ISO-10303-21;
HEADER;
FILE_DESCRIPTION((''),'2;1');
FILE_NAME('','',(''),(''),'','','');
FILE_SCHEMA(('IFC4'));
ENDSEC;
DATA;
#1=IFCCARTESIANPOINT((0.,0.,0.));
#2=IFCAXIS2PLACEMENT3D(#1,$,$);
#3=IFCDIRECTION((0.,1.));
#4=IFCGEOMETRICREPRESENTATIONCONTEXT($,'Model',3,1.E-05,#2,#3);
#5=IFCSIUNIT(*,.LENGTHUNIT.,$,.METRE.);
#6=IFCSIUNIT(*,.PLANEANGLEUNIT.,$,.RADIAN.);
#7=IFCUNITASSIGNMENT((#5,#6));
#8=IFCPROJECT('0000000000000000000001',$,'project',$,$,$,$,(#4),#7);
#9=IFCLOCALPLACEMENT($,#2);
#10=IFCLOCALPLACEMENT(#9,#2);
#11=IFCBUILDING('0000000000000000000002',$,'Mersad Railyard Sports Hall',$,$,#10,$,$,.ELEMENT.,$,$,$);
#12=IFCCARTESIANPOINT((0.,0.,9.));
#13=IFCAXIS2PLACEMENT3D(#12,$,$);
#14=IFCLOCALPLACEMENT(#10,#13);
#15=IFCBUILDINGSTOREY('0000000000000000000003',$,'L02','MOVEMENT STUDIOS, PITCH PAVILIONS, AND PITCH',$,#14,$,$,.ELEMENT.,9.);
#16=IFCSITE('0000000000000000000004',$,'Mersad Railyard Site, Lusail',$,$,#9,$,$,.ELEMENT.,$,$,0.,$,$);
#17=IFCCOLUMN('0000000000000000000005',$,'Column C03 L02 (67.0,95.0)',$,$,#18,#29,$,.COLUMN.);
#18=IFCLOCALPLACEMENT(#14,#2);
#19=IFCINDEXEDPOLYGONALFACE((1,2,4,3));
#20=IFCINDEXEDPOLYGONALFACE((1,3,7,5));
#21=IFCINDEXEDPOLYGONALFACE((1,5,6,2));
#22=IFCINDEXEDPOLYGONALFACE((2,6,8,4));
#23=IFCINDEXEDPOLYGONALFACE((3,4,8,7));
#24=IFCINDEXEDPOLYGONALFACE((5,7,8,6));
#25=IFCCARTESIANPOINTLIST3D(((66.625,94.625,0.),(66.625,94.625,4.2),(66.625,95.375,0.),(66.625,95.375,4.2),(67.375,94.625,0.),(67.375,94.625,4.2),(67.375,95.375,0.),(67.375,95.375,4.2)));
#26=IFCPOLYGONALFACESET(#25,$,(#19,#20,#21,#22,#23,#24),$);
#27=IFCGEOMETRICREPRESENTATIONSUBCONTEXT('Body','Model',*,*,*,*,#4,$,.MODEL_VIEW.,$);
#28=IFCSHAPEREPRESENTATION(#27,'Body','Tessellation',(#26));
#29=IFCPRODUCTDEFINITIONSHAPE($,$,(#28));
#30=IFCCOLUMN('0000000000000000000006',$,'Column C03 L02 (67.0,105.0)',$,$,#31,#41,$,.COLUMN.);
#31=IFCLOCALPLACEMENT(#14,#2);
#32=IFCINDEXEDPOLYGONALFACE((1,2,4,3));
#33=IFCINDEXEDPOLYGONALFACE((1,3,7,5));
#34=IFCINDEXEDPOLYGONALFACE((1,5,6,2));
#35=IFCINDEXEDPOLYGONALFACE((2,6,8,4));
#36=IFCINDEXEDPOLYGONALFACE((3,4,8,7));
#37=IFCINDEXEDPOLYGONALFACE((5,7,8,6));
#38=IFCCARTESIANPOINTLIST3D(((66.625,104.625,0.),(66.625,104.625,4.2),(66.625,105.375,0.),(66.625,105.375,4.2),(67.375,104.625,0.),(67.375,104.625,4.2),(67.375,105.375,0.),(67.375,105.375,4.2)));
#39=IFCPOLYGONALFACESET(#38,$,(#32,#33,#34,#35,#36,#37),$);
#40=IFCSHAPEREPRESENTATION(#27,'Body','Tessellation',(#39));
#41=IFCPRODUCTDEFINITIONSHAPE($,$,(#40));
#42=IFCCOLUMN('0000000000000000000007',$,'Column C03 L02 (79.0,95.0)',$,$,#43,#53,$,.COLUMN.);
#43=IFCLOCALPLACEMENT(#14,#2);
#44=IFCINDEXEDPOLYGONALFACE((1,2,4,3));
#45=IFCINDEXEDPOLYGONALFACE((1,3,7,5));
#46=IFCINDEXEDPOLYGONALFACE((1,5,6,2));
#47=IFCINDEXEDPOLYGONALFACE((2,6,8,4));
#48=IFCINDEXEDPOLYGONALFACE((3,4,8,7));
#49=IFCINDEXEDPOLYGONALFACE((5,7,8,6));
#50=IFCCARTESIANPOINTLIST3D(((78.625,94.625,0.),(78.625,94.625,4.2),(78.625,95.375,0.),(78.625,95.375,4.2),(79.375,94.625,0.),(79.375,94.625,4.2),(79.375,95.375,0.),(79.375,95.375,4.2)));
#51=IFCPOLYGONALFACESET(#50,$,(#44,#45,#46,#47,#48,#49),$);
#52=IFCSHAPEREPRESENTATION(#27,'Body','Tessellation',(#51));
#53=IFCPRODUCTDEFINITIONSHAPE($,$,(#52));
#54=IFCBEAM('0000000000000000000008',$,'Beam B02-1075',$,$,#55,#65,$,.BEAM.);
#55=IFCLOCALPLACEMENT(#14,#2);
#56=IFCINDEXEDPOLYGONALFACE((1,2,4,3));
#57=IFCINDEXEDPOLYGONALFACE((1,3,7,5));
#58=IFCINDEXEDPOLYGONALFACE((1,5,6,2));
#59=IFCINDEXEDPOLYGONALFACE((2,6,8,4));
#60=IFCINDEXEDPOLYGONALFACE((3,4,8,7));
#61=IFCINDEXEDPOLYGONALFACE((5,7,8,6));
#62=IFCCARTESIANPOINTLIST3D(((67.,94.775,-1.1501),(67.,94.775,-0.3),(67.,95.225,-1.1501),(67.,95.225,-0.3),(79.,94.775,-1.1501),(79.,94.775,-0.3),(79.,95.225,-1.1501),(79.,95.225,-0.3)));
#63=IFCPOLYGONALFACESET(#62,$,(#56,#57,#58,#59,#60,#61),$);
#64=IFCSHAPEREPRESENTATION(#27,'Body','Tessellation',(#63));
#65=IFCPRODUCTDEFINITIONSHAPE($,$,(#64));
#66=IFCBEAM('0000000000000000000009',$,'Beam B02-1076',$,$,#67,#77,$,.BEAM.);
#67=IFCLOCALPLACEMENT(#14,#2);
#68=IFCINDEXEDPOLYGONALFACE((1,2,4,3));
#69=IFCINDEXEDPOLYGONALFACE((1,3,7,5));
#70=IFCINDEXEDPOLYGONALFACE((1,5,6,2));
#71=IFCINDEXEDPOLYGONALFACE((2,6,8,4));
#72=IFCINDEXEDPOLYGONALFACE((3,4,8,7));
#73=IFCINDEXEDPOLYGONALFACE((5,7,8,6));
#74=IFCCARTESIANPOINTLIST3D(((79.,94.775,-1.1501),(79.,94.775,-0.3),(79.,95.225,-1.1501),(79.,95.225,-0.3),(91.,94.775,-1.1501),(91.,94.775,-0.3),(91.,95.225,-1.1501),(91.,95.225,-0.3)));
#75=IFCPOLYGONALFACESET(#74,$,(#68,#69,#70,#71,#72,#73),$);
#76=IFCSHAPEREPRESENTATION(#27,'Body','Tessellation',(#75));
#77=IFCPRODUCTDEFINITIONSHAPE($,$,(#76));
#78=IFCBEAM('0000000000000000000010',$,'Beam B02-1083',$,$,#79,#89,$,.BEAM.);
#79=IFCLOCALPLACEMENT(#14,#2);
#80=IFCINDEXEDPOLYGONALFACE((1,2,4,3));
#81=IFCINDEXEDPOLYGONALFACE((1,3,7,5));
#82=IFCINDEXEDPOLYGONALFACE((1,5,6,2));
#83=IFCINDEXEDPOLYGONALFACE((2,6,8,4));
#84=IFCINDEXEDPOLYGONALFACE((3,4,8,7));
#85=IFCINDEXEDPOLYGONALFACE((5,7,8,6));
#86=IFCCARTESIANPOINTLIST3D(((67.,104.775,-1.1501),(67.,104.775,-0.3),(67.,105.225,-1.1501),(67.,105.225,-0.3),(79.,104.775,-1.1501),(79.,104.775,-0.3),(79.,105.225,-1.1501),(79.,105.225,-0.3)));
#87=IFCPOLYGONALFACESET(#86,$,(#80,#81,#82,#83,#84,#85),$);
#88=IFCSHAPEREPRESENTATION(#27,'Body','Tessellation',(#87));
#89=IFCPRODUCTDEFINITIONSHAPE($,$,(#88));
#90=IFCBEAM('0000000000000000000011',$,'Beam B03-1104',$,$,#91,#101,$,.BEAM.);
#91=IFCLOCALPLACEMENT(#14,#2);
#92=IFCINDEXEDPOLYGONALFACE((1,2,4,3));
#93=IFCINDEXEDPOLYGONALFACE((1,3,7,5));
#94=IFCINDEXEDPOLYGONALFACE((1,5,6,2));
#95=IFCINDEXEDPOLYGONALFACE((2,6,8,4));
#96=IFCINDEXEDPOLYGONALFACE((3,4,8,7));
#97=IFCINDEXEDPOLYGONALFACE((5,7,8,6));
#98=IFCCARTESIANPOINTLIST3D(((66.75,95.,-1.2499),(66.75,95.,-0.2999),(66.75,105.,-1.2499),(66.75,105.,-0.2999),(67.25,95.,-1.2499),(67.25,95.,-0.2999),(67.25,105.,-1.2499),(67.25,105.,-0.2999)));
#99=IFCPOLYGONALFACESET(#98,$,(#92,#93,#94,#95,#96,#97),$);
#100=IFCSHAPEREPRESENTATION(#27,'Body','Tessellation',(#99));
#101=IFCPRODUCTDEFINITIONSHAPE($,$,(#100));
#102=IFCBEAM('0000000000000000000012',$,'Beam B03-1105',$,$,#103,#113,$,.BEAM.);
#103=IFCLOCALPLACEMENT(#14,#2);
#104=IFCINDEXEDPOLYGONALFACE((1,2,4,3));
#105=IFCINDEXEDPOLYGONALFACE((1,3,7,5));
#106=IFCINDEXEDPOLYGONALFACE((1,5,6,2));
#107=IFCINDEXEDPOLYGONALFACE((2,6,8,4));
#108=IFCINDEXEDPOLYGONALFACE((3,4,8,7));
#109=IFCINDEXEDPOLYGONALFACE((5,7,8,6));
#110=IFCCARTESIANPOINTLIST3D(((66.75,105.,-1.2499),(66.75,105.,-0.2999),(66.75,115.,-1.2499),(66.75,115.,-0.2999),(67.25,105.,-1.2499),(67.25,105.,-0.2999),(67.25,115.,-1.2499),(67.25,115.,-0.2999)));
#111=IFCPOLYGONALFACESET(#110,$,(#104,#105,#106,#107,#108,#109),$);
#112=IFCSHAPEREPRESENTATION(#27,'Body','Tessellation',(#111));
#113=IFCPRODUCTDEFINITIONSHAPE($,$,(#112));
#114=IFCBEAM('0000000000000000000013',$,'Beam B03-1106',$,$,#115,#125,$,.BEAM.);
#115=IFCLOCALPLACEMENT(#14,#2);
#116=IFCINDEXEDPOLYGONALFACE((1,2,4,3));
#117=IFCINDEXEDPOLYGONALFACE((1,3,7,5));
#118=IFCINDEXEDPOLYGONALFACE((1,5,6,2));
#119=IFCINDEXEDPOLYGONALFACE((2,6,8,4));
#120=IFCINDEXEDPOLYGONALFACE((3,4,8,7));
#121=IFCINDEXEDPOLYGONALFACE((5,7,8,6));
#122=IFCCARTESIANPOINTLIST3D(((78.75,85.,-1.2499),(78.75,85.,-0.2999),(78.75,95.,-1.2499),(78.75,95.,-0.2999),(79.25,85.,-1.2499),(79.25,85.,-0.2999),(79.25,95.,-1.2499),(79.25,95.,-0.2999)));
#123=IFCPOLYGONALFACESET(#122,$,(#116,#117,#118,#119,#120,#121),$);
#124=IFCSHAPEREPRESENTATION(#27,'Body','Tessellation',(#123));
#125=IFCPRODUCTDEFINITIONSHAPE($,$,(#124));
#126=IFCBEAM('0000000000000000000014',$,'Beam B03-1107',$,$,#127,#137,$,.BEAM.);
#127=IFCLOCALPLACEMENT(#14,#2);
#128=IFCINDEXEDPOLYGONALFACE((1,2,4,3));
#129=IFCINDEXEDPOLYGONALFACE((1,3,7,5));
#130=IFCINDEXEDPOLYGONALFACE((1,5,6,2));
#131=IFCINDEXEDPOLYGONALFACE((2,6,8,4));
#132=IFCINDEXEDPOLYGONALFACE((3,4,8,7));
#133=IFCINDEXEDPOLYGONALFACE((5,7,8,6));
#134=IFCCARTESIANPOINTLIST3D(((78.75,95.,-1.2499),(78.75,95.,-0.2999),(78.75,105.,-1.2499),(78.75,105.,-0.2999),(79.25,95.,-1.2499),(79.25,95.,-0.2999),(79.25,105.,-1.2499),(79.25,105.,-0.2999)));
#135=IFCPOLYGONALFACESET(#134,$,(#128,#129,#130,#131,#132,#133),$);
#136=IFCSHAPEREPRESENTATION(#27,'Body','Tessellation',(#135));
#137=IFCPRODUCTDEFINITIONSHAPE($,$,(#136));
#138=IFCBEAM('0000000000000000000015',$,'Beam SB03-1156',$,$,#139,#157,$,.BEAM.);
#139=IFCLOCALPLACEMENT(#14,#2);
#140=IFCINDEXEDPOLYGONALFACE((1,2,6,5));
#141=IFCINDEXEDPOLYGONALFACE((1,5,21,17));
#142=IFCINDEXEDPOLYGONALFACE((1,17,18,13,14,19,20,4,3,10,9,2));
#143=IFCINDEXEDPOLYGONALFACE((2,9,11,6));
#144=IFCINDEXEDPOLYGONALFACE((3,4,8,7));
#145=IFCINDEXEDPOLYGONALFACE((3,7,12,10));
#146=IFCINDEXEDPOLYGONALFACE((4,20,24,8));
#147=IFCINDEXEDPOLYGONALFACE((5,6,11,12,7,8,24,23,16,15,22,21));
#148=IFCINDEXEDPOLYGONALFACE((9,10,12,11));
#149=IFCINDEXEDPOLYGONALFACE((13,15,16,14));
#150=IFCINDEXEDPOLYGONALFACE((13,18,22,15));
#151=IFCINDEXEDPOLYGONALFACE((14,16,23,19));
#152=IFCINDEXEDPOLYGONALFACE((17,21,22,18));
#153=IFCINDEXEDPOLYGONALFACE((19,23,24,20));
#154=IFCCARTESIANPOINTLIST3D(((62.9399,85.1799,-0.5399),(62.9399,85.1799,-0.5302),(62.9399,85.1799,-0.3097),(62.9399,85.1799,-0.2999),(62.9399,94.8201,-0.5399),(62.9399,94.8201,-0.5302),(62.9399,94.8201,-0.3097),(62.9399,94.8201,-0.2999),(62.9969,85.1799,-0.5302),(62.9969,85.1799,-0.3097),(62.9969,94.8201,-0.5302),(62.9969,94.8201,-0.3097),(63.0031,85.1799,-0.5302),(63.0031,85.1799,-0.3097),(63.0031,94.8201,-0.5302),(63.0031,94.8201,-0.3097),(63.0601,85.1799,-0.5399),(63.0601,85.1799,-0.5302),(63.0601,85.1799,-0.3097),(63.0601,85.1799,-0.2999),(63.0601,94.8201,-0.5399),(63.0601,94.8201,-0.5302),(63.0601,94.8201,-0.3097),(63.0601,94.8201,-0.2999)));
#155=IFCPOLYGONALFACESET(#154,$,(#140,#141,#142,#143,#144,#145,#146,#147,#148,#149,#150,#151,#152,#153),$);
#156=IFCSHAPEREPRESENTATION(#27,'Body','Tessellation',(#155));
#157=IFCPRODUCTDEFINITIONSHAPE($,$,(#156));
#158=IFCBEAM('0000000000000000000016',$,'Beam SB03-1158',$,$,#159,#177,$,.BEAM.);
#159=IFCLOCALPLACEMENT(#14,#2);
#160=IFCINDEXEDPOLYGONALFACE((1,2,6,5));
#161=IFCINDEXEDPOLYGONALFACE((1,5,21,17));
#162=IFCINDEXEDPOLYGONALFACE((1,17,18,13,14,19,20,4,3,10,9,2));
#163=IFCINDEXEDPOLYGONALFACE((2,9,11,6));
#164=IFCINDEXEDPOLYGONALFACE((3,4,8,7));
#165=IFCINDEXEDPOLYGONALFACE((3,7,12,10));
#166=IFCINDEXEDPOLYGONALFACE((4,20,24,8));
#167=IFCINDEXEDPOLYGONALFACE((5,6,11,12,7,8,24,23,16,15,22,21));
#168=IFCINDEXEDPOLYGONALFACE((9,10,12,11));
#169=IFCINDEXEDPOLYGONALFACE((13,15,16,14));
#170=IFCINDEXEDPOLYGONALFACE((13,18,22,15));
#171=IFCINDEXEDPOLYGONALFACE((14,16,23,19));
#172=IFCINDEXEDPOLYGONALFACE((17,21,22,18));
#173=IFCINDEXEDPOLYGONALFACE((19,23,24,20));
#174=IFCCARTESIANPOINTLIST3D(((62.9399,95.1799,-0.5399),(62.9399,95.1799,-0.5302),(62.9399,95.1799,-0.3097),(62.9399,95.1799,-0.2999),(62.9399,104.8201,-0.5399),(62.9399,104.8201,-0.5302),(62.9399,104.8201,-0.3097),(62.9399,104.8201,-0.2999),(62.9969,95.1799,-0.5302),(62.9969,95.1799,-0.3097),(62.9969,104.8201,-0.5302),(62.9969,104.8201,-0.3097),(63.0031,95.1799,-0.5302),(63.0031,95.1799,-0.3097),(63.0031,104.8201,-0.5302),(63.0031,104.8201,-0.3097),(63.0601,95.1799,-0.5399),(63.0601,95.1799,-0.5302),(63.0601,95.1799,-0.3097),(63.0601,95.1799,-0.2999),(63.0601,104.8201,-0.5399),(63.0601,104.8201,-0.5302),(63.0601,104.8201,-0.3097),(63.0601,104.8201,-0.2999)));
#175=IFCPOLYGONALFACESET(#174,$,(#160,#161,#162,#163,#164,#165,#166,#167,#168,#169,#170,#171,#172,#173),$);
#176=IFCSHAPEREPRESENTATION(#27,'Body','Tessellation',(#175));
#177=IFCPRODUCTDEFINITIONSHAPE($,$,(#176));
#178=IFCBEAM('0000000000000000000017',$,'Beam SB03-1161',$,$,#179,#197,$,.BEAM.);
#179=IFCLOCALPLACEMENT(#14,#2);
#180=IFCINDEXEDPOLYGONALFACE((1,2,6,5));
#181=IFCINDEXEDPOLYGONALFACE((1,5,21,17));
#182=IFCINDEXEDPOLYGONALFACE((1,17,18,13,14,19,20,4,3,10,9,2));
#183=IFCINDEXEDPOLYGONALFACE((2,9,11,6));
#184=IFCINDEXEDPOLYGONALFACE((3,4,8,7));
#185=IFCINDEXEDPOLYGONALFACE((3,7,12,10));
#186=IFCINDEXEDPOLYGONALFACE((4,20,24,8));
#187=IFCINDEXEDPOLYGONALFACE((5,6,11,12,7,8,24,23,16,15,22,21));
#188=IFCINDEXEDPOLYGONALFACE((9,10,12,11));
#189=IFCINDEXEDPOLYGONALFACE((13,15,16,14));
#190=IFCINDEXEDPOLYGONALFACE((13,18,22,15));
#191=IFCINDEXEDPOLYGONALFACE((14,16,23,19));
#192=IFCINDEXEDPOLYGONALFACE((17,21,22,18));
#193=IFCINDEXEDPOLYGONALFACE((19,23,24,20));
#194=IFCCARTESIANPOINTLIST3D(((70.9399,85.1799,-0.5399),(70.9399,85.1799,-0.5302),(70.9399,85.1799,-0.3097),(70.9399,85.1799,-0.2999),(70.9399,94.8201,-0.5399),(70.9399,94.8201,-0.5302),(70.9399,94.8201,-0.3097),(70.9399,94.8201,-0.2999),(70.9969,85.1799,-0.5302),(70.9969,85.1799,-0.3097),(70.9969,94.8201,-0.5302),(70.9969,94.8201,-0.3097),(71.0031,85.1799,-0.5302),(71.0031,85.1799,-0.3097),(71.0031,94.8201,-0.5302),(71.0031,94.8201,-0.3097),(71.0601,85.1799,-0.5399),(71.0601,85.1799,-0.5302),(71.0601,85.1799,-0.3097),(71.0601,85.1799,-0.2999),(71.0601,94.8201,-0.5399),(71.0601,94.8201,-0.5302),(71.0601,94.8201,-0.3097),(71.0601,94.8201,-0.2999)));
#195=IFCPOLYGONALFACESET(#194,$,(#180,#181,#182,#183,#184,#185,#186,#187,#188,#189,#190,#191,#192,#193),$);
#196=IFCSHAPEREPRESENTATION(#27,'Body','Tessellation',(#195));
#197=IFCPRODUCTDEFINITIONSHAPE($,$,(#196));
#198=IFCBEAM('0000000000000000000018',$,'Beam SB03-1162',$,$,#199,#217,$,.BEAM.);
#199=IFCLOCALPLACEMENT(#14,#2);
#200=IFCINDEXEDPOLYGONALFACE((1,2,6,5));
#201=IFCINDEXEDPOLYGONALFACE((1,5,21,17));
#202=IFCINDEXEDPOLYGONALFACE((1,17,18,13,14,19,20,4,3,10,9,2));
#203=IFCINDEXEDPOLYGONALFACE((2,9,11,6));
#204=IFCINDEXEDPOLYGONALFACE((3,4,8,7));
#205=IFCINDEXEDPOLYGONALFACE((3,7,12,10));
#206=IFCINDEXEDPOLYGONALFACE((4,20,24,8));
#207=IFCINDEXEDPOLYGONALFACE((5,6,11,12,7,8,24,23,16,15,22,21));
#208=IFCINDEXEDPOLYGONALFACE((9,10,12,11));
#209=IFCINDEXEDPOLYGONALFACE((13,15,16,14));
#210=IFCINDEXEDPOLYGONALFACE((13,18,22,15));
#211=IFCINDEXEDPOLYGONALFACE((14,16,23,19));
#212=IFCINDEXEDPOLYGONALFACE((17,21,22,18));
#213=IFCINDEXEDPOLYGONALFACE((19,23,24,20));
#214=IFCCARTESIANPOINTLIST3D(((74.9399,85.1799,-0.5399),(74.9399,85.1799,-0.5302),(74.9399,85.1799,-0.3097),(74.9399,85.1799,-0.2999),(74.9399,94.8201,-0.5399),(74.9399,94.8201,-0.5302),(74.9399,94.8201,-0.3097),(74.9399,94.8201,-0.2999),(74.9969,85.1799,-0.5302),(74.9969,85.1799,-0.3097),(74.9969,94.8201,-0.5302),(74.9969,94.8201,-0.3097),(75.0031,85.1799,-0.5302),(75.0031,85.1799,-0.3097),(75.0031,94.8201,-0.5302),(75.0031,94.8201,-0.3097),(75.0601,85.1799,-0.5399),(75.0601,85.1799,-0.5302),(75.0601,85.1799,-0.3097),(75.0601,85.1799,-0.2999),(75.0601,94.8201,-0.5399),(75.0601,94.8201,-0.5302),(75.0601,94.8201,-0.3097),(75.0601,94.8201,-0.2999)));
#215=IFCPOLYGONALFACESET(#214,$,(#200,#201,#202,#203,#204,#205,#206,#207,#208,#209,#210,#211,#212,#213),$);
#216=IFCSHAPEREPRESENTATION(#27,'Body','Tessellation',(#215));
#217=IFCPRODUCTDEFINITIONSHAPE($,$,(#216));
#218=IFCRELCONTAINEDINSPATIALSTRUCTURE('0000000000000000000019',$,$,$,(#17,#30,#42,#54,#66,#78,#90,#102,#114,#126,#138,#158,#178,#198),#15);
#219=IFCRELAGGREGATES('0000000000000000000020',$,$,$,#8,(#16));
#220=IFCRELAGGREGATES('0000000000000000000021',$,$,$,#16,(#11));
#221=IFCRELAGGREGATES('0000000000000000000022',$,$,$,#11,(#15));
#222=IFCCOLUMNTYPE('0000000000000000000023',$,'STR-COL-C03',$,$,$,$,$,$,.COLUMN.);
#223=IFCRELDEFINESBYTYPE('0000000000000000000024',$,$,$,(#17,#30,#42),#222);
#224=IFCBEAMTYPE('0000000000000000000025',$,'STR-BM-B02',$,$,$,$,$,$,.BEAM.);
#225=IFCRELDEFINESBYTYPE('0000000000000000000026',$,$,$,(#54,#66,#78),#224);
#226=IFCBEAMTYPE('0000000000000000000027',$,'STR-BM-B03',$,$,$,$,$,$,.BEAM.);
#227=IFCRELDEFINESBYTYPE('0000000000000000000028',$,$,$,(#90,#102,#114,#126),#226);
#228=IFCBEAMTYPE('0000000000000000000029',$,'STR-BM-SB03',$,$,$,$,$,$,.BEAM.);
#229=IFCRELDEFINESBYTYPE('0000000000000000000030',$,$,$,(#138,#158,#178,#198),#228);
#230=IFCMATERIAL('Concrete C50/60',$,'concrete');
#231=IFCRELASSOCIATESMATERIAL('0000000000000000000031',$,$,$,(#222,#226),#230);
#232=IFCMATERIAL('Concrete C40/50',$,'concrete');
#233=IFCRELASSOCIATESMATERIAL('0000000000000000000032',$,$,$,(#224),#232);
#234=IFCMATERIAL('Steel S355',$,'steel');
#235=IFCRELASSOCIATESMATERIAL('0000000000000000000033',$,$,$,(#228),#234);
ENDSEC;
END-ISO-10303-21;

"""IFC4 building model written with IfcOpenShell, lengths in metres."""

from ifc_helpers import new_model, si_unit, direction, frame, origin, origin_2d, place, context, subcontext, project, spatial, rectangle, i_section, extrude, material, material_profile, profile_set, type_object, element, save


model = new_model("IFC4")

# Units and contexts
model_context = context("Model", 3, precision=1e-05, world=origin(), true_north=direction((0.0, 1.0)))
body_context = subcontext(model_context, "Body", "Model", "MODEL_VIEW")
ifc_project = project(units=[si_unit("LENGTHUNIT", "METRE"), si_unit("PLANEANGLEUNIT", "RADIAN")], contexts=[model_context])

# Site, building, storey
site_placement = place(None, origin())
site = spatial("IfcSite", under=ifc_project, at=site_placement, Name="Mersad Railyard Site, Lusail", CompositionType="ELEMENT", RefElevation=0.0)
building_placement = place(site_placement, origin())
building = spatial("IfcBuilding", under=site, at=building_placement, Name="Mersad Railyard Sports Hall", CompositionType="ELEMENT")
storey_placement = place(building_placement, frame((0.0, 0.0, 9.0)))
storey = spatial("IfcBuildingStorey", under=building, at=storey_placement, Name="L02", Description="MOVEMENT STUDIOS, PITCH PAVILIONS, AND PITCH", CompositionType="ELEMENT", Elevation=9.0)

# Columns
ifc_material_1 = material(Name="Concrete C50/60", Category="concrete")
ifc_material_profile_1 = material_profile(ifc_material_1, rectangle(XDim=0.75, YDim=0.75, at=origin_2d()), Name="RC 750x750")
ifc_profile_set_1 = profile_set([ifc_material_profile_1], Name="Concrete C50/60")
column_type = type_object("IfcColumnType", Name="STR-COL-C03", PredefinedType="COLUMN", material=ifc_profile_set_1)
for number, where, z_axis, x_axis, name in (
    (1, (67.0, 95.0, 0.0), (0.0, 0.0, 1.0), (1.0, 0.0, 0.0), "Column C03 L02 (67.0,95.0)"),
    (2, (67.0, 105.0, 0.0), (0.0, 0.0, 1.0), (1.0, 0.0, 0.0), "Column C03 L02 (67.0,105.0)"),
    (3, (79.0, 95.0, 0.0), (0.0, 0.0, 1.0), (1.0, 0.0, 0.0), "Column C03 L02 (79.0,95.0)"),
):
    element("IfcColumn", number, at=place(storey_placement, frame(where, z_axis=z_axis, x_axis=x_axis)), inside=storey, type_object=column_type, Name=name, PredefinedType="COLUMN", context=body_context, shape_type="SweptSolid", body=[
        extrude(rectangle(XDim=0.75, YDim=0.75, at=origin_2d()), origin(), (0.0, 0.0, 1.0), 4.2),
    ])

# Beams
ifc_material_2 = material(Name="Concrete C40/50", Category="concrete")
ifc_material_profile_2 = material_profile(ifc_material_2, rectangle(XDim=0.45, YDim=0.8501, at=origin_2d()), Name="RC 450x850")
ifc_profile_set_2 = profile_set([ifc_material_profile_2], Name="Concrete C40/50")
beam_type_1 = type_object("IfcBeamType", Name="STR-BM-B02", PredefinedType="BEAM", material=ifc_profile_set_2)
for number, where, z_axis, x_axis, name in (
    (4, (67.0, 95.0, -0.7251), (1.0, 0.0, 0.0), (0.0, 1.0, 0.0), "Beam B02-1075"),
    (5, (79.0, 95.0, -0.7251), (1.0, 0.0, 0.0), (0.0, 1.0, 0.0), "Beam B02-1076"),
    (6, (67.0, 105.0, -0.7251), (1.0, 0.0, 0.0), (0.0, 1.0, 0.0), "Beam B02-1083"),
):
    element("IfcBeam", number, at=place(storey_placement, frame(where, z_axis=z_axis, x_axis=x_axis)), inside=storey, type_object=beam_type_1, Name=name, PredefinedType="BEAM", context=body_context, shape_type="SweptSolid", body=[
        extrude(rectangle(XDim=0.45, YDim=0.8501, at=origin_2d()), origin(), (0.0, 0.0, 1.0), 12.0),
    ])
ifc_material_profile_3 = material_profile(ifc_material_1, rectangle(XDim=0.5, YDim=0.95, at=origin_2d()), Name="RC 500x950")
ifc_profile_set_3 = profile_set([ifc_material_profile_3], Name="Concrete C50/60")
beam_type_2 = type_object("IfcBeamType", Name="STR-BM-B03", PredefinedType="BEAM", material=ifc_profile_set_3)
for number, where, z_axis, x_axis, name in (
    (7, (67.0, 95.0, -0.7749), (0.0, 1.0, 0.0), (-1.0, 0.0, 0.0), "Beam B03-1104"),
    (8, (67.0, 105.0, -0.7749), (0.0, 1.0, 0.0), (-1.0, 0.0, 0.0), "Beam B03-1105"),
    (9, (79.0, 85.0, -0.7749), (0.0, 1.0, 0.0), (-1.0, 0.0, 0.0), "Beam B03-1106"),
    (10, (79.0, 95.0, -0.7749), (0.0, 1.0, 0.0), (-1.0, 0.0, 0.0), "Beam B03-1107"),
):
    element("IfcBeam", number, at=place(storey_placement, frame(where, z_axis=z_axis, x_axis=x_axis)), inside=storey, type_object=beam_type_2, Name=name, PredefinedType="BEAM", context=body_context, shape_type="SweptSolid", body=[
        extrude(rectangle(XDim=0.5, YDim=0.95, at=origin_2d()), origin(), (0.0, 0.0, 1.0), 10.0),
    ])
ifc_material_3 = material(Name="Steel S355", Category="steel")
ifc_material_profile_4 = material_profile(ifc_material_3, i_section(OverallWidth=0.1201, OverallDepth=0.24, WebThickness=0.0061, FlangeThickness=0.0098, at=origin_2d()), Name="IPE 240")
ifc_profile_set_4 = profile_set([ifc_material_profile_4], Name="Steel S355")
beam_type_3 = type_object("IfcBeamType", Name="STR-BM-SB03", PredefinedType="BEAM", material=ifc_profile_set_4)
for number, where, z_axis, x_axis, name in (
    (11, (63.0, 85.1799, -0.4199), (0.0, 1.0, 0.0), (-1.0, 0.0, 0.0), "Beam SB03-1156"),
    (12, (63.0, 95.1799, -0.4199), (0.0, 1.0, 0.0), (-1.0, 0.0, 0.0), "Beam SB03-1158"),
    (13, (71.0, 85.1799, -0.4199), (0.0, 1.0, 0.0), (-1.0, 0.0, 0.0), "Beam SB03-1161"),
    (14, (75.0, 85.1799, -0.4199), (0.0, 1.0, 0.0), (-1.0, 0.0, 0.0), "Beam SB03-1162"),
):
    element("IfcBeam", number, at=place(storey_placement, frame(where, z_axis=z_axis, x_axis=x_axis)), inside=storey, type_object=beam_type_3, Name=name, PredefinedType="BEAM", context=body_context, shape_type="SweptSolid", body=[
        extrude(i_section(OverallWidth=0.1201, OverallDepth=0.24, WebThickness=0.0061, FlangeThickness=0.0098, at=origin_2d()), origin(), (0.0, 0.0, 1.0), 9.6401),
    ])

save(model, "model.ifc")
